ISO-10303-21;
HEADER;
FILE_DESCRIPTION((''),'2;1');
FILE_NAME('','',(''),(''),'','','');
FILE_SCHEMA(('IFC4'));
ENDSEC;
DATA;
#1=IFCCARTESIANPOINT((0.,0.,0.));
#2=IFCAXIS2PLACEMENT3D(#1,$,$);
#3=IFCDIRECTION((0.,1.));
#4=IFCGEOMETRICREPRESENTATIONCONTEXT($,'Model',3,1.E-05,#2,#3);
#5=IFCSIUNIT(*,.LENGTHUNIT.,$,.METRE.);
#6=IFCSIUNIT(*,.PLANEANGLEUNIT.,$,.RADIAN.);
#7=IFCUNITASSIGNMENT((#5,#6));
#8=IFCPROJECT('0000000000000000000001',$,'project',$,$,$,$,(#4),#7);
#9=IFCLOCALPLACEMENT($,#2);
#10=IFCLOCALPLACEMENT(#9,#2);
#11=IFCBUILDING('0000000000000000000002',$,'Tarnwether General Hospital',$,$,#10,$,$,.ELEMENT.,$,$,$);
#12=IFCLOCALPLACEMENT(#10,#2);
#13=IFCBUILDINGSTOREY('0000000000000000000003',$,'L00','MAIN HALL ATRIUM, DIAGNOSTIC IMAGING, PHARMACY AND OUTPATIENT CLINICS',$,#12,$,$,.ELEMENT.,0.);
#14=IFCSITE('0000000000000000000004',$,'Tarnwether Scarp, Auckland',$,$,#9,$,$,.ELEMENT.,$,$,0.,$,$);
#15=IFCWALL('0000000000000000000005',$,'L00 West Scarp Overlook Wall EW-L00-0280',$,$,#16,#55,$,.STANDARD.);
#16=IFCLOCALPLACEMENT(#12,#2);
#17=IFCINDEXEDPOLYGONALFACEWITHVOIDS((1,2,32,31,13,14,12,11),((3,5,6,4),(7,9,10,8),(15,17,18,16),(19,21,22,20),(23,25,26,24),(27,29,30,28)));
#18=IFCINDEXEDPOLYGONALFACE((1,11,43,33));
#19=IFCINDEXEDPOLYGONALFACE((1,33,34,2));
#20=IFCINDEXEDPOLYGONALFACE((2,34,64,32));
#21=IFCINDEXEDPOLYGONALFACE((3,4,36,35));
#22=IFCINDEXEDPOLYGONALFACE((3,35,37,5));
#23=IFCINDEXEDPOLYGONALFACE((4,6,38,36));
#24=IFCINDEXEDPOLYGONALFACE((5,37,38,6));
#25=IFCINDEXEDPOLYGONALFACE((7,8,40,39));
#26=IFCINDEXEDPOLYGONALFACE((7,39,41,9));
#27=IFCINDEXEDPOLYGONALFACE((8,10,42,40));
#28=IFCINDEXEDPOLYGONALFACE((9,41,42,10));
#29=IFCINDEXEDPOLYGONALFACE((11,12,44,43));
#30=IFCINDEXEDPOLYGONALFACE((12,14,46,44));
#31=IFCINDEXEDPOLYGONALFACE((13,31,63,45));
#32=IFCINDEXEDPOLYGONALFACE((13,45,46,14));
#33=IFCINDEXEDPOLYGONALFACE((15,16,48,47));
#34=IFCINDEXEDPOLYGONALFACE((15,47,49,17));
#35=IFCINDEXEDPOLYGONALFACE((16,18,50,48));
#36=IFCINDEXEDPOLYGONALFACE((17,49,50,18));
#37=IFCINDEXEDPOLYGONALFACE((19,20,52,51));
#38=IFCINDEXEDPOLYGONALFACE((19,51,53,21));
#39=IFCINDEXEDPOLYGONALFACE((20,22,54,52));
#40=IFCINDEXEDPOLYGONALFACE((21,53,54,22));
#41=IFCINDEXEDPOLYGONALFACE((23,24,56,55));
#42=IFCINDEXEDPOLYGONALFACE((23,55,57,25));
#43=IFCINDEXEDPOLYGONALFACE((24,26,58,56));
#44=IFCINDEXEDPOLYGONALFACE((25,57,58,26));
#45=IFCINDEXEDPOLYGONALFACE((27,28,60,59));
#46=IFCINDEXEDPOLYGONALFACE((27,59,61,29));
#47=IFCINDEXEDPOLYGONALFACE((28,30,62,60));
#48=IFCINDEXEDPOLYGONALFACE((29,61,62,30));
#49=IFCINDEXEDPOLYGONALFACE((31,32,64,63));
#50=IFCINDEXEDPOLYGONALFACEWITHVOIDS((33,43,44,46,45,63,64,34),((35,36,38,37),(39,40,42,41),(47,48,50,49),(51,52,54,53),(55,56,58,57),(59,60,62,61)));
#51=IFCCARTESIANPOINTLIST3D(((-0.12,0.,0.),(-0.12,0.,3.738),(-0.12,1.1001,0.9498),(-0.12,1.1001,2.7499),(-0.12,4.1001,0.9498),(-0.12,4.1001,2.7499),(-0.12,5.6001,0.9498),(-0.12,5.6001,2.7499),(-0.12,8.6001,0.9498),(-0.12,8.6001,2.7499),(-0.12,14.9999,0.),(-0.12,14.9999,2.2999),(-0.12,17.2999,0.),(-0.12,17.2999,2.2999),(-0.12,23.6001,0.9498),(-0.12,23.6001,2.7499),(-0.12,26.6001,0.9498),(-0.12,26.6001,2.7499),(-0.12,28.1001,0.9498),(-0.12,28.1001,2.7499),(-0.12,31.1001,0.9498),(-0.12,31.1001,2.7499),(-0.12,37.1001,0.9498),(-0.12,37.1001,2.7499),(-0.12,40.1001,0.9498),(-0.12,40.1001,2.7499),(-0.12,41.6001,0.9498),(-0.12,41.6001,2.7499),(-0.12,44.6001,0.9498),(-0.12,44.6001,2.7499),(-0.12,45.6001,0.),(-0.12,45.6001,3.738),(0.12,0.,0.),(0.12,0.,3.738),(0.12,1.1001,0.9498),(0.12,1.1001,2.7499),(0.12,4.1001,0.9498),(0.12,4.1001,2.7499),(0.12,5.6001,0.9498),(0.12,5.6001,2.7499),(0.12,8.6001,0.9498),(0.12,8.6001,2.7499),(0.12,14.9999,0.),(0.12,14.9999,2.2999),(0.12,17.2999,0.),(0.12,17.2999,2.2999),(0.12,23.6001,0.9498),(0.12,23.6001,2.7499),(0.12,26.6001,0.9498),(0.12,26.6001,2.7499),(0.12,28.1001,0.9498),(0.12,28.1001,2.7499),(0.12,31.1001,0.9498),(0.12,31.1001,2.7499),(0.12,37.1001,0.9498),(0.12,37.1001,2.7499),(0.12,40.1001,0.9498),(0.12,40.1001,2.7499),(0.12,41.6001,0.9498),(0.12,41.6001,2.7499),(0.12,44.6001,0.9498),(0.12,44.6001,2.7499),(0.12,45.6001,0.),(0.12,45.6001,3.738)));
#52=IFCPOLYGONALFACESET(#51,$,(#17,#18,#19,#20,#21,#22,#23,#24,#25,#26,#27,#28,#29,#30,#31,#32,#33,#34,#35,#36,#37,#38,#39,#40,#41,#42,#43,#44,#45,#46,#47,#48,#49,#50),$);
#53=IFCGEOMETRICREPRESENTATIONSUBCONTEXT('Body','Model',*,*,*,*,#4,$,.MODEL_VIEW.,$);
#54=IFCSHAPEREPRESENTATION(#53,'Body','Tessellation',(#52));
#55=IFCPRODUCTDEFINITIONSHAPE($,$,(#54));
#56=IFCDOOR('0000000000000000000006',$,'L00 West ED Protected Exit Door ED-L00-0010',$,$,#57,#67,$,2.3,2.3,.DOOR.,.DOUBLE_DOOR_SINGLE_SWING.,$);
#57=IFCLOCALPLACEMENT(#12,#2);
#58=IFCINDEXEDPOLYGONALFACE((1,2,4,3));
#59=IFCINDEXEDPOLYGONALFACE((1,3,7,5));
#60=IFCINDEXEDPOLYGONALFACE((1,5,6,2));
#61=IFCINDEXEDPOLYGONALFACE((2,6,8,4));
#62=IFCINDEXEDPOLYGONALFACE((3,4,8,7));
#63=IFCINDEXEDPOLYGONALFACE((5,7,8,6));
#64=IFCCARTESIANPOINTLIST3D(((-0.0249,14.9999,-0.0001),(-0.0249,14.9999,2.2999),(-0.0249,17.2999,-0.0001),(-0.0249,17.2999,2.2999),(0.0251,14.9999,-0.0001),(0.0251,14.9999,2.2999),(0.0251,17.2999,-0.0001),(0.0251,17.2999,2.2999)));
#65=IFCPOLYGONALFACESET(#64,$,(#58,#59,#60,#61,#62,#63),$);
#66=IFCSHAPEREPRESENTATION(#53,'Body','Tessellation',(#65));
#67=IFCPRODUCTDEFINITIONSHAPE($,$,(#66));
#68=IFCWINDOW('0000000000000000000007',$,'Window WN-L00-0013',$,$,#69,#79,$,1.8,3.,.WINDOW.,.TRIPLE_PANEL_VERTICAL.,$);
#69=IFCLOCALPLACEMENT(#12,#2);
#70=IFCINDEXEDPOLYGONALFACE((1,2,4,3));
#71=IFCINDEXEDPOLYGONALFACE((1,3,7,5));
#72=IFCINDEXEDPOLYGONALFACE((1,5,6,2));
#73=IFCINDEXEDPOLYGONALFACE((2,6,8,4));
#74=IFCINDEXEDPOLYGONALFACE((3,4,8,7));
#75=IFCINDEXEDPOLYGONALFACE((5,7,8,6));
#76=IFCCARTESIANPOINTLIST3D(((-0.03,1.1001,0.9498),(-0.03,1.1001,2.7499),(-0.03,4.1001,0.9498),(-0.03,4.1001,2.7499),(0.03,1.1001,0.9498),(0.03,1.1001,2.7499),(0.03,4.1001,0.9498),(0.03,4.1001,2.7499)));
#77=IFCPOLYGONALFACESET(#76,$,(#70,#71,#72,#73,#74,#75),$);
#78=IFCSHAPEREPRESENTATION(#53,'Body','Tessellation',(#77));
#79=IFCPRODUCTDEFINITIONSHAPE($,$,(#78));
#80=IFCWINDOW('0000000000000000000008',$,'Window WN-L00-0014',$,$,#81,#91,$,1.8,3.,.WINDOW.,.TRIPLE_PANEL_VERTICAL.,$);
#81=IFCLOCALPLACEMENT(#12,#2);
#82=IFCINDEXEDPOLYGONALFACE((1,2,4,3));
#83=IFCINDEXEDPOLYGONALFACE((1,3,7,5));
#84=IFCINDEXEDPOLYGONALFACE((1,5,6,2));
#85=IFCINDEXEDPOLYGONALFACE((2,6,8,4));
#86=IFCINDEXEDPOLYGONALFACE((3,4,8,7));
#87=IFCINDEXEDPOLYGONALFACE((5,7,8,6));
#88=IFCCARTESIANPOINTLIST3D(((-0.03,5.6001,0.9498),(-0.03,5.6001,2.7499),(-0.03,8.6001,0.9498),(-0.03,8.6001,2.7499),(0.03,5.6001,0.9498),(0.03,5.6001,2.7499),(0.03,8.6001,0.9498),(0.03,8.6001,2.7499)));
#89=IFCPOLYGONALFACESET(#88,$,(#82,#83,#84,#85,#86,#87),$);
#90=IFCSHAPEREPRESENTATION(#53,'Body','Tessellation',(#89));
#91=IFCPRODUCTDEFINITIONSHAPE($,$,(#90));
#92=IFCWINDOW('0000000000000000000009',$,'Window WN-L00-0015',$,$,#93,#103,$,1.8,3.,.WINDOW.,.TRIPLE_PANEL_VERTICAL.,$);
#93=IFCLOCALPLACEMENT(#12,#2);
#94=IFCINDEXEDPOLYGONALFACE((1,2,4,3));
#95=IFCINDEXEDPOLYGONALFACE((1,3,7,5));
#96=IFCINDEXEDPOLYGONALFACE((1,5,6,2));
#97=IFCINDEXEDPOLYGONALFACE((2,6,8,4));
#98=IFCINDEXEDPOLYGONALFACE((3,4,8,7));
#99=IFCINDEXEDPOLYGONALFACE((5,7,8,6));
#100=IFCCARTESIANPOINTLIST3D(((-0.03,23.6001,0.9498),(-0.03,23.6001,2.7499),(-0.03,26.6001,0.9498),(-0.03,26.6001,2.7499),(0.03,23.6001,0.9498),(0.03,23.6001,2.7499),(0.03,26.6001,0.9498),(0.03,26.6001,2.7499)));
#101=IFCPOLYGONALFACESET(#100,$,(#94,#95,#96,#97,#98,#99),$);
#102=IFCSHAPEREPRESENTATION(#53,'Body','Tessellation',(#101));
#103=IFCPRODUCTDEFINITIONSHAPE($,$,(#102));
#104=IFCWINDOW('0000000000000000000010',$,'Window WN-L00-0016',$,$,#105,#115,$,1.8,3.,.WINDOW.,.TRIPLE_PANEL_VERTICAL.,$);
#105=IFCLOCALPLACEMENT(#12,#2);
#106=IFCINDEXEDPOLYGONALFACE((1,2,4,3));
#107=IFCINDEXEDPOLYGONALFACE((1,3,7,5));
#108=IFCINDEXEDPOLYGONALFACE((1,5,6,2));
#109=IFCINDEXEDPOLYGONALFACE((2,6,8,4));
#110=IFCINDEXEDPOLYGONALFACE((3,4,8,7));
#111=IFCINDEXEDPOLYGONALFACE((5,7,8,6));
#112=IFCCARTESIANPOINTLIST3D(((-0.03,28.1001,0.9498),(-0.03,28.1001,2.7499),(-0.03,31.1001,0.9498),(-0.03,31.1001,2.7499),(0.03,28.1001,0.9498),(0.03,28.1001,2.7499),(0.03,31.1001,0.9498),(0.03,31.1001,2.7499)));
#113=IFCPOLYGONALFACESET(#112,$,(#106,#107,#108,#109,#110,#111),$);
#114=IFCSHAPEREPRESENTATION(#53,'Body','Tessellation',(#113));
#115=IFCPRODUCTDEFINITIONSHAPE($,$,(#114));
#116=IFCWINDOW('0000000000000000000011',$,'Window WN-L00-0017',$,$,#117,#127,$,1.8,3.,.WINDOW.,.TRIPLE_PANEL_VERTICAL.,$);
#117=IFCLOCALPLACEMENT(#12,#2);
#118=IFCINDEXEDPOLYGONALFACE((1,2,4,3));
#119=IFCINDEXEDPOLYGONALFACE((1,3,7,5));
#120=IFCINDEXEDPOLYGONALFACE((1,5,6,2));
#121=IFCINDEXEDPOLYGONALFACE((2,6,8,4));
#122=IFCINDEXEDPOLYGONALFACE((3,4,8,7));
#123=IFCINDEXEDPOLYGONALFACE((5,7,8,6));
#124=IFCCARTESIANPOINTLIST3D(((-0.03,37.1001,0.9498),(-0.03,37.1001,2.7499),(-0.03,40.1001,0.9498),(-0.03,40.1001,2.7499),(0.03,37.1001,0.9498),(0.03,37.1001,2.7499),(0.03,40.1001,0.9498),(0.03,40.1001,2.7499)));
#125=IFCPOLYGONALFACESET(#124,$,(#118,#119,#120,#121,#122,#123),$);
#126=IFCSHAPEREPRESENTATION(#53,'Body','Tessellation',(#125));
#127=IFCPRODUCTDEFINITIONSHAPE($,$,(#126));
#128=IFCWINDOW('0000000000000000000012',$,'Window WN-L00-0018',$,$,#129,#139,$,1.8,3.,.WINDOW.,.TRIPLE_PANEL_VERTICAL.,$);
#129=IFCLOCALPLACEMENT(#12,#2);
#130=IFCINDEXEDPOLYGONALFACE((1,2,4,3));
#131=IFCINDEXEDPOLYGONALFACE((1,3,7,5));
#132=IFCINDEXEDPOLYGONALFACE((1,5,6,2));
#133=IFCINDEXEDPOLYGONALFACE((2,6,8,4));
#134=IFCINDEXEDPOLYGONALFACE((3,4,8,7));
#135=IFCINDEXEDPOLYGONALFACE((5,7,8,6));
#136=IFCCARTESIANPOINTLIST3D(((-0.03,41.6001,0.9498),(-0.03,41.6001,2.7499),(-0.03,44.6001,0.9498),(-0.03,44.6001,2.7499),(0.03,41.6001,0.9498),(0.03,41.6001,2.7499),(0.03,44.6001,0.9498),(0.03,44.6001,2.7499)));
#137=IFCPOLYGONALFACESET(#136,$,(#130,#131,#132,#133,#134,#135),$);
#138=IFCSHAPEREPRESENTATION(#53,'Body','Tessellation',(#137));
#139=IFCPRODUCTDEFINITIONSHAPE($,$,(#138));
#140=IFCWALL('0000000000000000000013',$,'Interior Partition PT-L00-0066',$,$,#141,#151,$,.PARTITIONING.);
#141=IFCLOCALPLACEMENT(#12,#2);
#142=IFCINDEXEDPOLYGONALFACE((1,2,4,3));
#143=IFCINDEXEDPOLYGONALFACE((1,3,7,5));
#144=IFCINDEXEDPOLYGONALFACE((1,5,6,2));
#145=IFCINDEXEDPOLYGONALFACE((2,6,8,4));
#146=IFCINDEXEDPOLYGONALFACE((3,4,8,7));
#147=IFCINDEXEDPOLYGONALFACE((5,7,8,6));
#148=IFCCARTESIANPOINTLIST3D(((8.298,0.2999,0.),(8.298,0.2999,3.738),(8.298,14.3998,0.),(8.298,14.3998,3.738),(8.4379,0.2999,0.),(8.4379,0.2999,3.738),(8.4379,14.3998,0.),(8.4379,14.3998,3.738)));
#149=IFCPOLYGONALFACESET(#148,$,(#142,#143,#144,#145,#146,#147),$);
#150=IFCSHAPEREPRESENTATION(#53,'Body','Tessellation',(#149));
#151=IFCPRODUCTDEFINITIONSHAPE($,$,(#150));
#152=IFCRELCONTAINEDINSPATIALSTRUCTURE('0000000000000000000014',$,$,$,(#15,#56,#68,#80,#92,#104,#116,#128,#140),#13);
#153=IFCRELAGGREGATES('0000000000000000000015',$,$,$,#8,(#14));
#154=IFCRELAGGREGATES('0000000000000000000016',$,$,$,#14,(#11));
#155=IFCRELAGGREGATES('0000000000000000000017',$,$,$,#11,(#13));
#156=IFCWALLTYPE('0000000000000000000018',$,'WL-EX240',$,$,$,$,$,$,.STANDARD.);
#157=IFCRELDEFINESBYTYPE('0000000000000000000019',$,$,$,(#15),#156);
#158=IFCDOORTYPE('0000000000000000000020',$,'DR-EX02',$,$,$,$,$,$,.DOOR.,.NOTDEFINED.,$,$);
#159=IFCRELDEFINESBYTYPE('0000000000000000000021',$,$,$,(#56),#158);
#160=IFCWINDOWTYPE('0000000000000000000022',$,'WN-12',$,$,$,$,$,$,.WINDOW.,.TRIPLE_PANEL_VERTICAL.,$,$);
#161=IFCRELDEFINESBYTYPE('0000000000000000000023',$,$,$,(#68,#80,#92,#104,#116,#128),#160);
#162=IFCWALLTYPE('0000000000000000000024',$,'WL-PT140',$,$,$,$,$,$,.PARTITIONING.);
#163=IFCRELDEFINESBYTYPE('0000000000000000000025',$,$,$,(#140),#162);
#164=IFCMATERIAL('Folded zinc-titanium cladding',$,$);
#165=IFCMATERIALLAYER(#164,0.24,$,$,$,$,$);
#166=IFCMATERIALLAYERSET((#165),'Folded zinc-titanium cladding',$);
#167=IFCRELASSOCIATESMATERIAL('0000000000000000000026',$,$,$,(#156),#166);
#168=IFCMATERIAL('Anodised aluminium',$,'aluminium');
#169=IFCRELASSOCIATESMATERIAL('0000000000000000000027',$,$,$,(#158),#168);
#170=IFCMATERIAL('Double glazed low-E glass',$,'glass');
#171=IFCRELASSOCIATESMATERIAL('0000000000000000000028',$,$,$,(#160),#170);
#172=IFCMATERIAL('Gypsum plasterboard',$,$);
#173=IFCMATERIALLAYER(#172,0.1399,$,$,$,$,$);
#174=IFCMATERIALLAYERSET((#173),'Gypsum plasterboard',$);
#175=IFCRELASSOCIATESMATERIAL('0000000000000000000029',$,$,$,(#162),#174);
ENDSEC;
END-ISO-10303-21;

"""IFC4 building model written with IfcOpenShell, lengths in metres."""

from ifc_helpers import new_model, si_unit, direction, frame, frame_2d, origin, place, context, subcontext, project, spatial, rectangle, extrude, material, layer, layer_set, type_object, element, fill, save


model = new_model("IFC4")

# Units and contexts
model_context = context("Model", 3, precision=1e-05, world=origin(), true_north=direction((0.0, 1.0)))
body_context = subcontext(model_context, "Body", "Model", "MODEL_VIEW")
ifc_project = project(units=[si_unit("LENGTHUNIT", "METRE"), si_unit("PLANEANGLEUNIT", "RADIAN")], contexts=[model_context])

# Site, building, storey
site_placement = place(None, origin())
site = spatial("IfcSite", under=ifc_project, at=site_placement, Name="Tarnwether Scarp, Auckland", CompositionType="ELEMENT", RefElevation=0.0)
building_placement = place(site_placement, origin())
building = spatial("IfcBuilding", under=site, at=building_placement, Name="Tarnwether General Hospital", CompositionType="ELEMENT")
storey_placement = place(building_placement, origin())
storey = spatial("IfcBuildingStorey", under=building, at=storey_placement, Name="L00", Description="MAIN HALL ATRIUM, DIAGNOSTIC IMAGING, PHARMACY AND OUTPATIENT CLINICS", CompositionType="ELEMENT", Elevation=0.0)

# Wall, openings, door, windows
ifc_material_1 = material(Name="Folded zinc-titanium cladding")
ifc_layer_1 = layer(ifc_material_1, 0.24)
ifc_layer_set_1 = layer_set([ifc_layer_1], Name="Folded zinc-titanium cladding")
wall_type_1 = type_object("IfcWallType", Name="WL-EX240", PredefinedType="STANDARD", material=ifc_layer_set_1)
wall_1_placement = place(storey_placement, frame((0.0, 0.0, 0.0), z_axis=(0.0, 0.0, 1.0), x_axis=(0.0, 1.0, 0.0)))
wall_1 = element("IfcWall", 1, at=wall_1_placement, inside=storey, type_object=wall_type_1, Name="L00 West Scarp Overlook Wall EW-L00-0280", PredefinedType="STANDARD", context=body_context, shape_type="SweptSolid", body=[
    extrude(rectangle(XDim=45.6001, YDim=0.24, at=frame_2d((22.8, 0.0))), origin(), (0.0, 0.0, 1.0), 3.738),
])
opening_1_placement = place(wall_1_placement, frame((15.0, 0.0, 0.0)))
opening_1 = element("IfcOpeningElement", 2, at=opening_1_placement, cuts=wall_1, PredefinedType="OPENING", context=body_context, shape_type="SweptSolid", body=[
    extrude(rectangle(XDim=2.3, YDim=2.3, at=frame_2d((1.1499, 1.1499))), frame((0.0, 0.1299, 0.0), z_axis=(0.0, -1.0, 0.0), x_axis=(1.0, 0.0, 0.0)), (0.0, 0.0, 1.0), 0.26),
])
opening_2_placement = place(wall_1_placement, frame((1.1001, 0.0, 0.95)))
opening_2 = element("IfcOpeningElement", 3, at=opening_2_placement, cuts=wall_1, PredefinedType="OPENING", context=body_context, shape_type="SweptSolid", body=[
    extrude(rectangle(XDim=3.0, YDim=1.8, at=frame_2d((1.5, 0.8999))), frame((0.0, 0.1299, 0.0), z_axis=(0.0, -1.0, 0.0), x_axis=(1.0, 0.0, 0.0)), (0.0, 0.0, 1.0), 0.26),
])
opening_3_placement = place(wall_1_placement, frame((5.6001, 0.0, 0.95)))
opening_3 = element("IfcOpeningElement", 4, at=opening_3_placement, cuts=wall_1, PredefinedType="OPENING", context=body_context, shape_type="SweptSolid", body=[
    extrude(rectangle(XDim=3.0, YDim=1.8, at=frame_2d((1.5, 0.8999))), frame((0.0, 0.1299, 0.0), z_axis=(0.0, -1.0, 0.0), x_axis=(1.0, 0.0, 0.0)), (0.0, 0.0, 1.0), 0.26),
])
opening_4_placement = place(wall_1_placement, frame((23.6001, 0.0, 0.95)))
opening_4 = element("IfcOpeningElement", 5, at=opening_4_placement, cuts=wall_1, PredefinedType="OPENING", context=body_context, shape_type="SweptSolid", body=[
    extrude(rectangle(XDim=3.0, YDim=1.8, at=frame_2d((1.5, 0.8999))), frame((0.0, 0.1299, 0.0), z_axis=(0.0, -1.0, 0.0), x_axis=(1.0, 0.0, 0.0)), (0.0, 0.0, 1.0), 0.26),
])
opening_5_placement = place(wall_1_placement, frame((28.1001, 0.0, 0.95)))
opening_5 = element("IfcOpeningElement", 6, at=opening_5_placement, cuts=wall_1, PredefinedType="OPENING", context=body_context, shape_type="SweptSolid", body=[
    extrude(rectangle(XDim=3.0, YDim=1.8, at=frame_2d((1.5, 0.8999))), frame((0.0, 0.1299, 0.0), z_axis=(0.0, -1.0, 0.0), x_axis=(1.0, 0.0, 0.0)), (0.0, 0.0, 1.0), 0.26),
])
opening_6_placement = place(wall_1_placement, frame((37.1001, 0.0, 0.95)))
opening_6 = element("IfcOpeningElement", 7, at=opening_6_placement, cuts=wall_1, PredefinedType="OPENING", context=body_context, shape_type="SweptSolid", body=[
    extrude(rectangle(XDim=3.0, YDim=1.8, at=frame_2d((1.5, 0.8999))), frame((0.0, 0.1299, 0.0), z_axis=(0.0, -1.0, 0.0), x_axis=(1.0, 0.0, 0.0)), (0.0, 0.0, 1.0), 0.26),
])
opening_7_placement = place(wall_1_placement, frame((41.6001, 0.0, 0.95)))
opening_7 = element("IfcOpeningElement", 8, at=opening_7_placement, cuts=wall_1, PredefinedType="OPENING", context=body_context, shape_type="SweptSolid", body=[
    extrude(rectangle(XDim=3.0, YDim=1.8, at=frame_2d((1.5, 0.8999))), frame((0.0, 0.1299, 0.0), z_axis=(0.0, -1.0, 0.0), x_axis=(1.0, 0.0, 0.0)), (0.0, 0.0, 1.0), 0.26),
])
ifc_material_2 = material(Name="Anodised aluminium", Category="aluminium")
door_type = type_object("IfcDoorType", Name="DR-EX02", OperationType="NOTDEFINED", PredefinedType="DOOR", material=ifc_material_2)
door_placement = place(opening_1_placement, origin())
door = element("IfcDoor", 9, at=door_placement, inside=storey, type_object=door_type, Name="L00 West ED Protected Exit Door ED-L00-0010", OperationType="DOUBLE_DOOR_SINGLE_SWING", OverallHeight=2.3, OverallWidth=2.3, PredefinedType="DOOR", context=body_context, shape_type="SweptSolid", body=[
    extrude(rectangle(XDim=2.3, YDim=2.3, at=frame_2d((1.1499, 1.1499))), frame((0.0, 0.0249, 0.0), z_axis=(0.0, -1.0, 0.0), x_axis=(1.0, 0.0, 0.0)), (0.0, 0.0, 1.0), 0.05),
])
fill(opening_1, door)
ifc_material_3 = material(Name="Double glazed low-E glass", Category="glass")
window_type = type_object("IfcWindowType", Name="WN-12", PartitioningType="TRIPLE_PANEL_VERTICAL", PredefinedType="WINDOW", material=ifc_material_3)
window_1_placement = place(opening_2_placement, origin())
window_1 = element("IfcWindow", 10, at=window_1_placement, inside=storey, type_object=window_type, Name="Window WN-L00-0013", OverallHeight=1.8, OverallWidth=3.0, PartitioningType="TRIPLE_PANEL_VERTICAL", PredefinedType="WINDOW", context=body_context, shape_type="SweptSolid", body=[
    extrude(rectangle(XDim=3.0, YDim=1.8, at=frame_2d((1.5, 0.8999))), frame((0.0, 0.03, 0.0), z_axis=(0.0, -1.0, 0.0), x_axis=(1.0, 0.0, 0.0)), (0.0, 0.0, 1.0), 0.0601),
])
fill(opening_2, window_1)
window_2_placement = place(opening_3_placement, origin())
window_2 = element("IfcWindow", 11, at=window_2_placement, inside=storey, type_object=window_type, Name="Window WN-L00-0014", OverallHeight=1.8, OverallWidth=3.0, PartitioningType="TRIPLE_PANEL_VERTICAL", PredefinedType="WINDOW", context=body_context, shape_type="SweptSolid", body=[
    extrude(rectangle(XDim=3.0, YDim=1.8, at=frame_2d((1.5, 0.8999))), frame((0.0, 0.03, 0.0), z_axis=(0.0, -1.0, 0.0), x_axis=(1.0, 0.0, 0.0)), (0.0, 0.0, 1.0), 0.0601),
])
fill(opening_3, window_2)
window_3_placement = place(opening_4_placement, origin())
window_3 = element("IfcWindow", 12, at=window_3_placement, inside=storey, type_object=window_type, Name="Window WN-L00-0015", OverallHeight=1.8, OverallWidth=3.0, PartitioningType="TRIPLE_PANEL_VERTICAL", PredefinedType="WINDOW", context=body_context, shape_type="SweptSolid", body=[
    extrude(rectangle(XDim=3.0, YDim=1.8, at=frame_2d((1.5, 0.8999))), frame((0.0, 0.03, 0.0), z_axis=(0.0, -1.0, 0.0), x_axis=(1.0, 0.0, 0.0)), (0.0, 0.0, 1.0), 0.0601),
])
fill(opening_4, window_3)
window_4_placement = place(opening_5_placement, origin())
window_4 = element("IfcWindow", 13, at=window_4_placement, inside=storey, type_object=window_type, Name="Window WN-L00-0016", OverallHeight=1.8, OverallWidth=3.0, PartitioningType="TRIPLE_PANEL_VERTICAL", PredefinedType="WINDOW", context=body_context, shape_type="SweptSolid", body=[
    extrude(rectangle(XDim=3.0, YDim=1.8, at=frame_2d((1.5, 0.8999))), frame((0.0, 0.03, 0.0), z_axis=(0.0, -1.0, 0.0), x_axis=(1.0, 0.0, 0.0)), (0.0, 0.0, 1.0), 0.0601),
])
fill(opening_5, window_4)
window_5_placement = place(opening_6_placement, origin())
window_5 = element("IfcWindow", 14, at=window_5_placement, inside=storey, type_object=window_type, Name="Window WN-L00-0017", OverallHeight=1.8, OverallWidth=3.0, PartitioningType="TRIPLE_PANEL_VERTICAL", PredefinedType="WINDOW", context=body_context, shape_type="SweptSolid", body=[
    extrude(rectangle(XDim=3.0, YDim=1.8, at=frame_2d((1.5, 0.8999))), frame((0.0, 0.03, 0.0), z_axis=(0.0, -1.0, 0.0), x_axis=(1.0, 0.0, 0.0)), (0.0, 0.0, 1.0), 0.0601),
])
fill(opening_6, window_5)
window_6_placement = place(opening_7_placement, origin())
window_6 = element("IfcWindow", 15, at=window_6_placement, inside=storey, type_object=window_type, Name="Window WN-L00-0018", OverallHeight=1.8, OverallWidth=3.0, PartitioningType="TRIPLE_PANEL_VERTICAL", PredefinedType="WINDOW", context=body_context, shape_type="SweptSolid", body=[
    extrude(rectangle(XDim=3.0, YDim=1.8, at=frame_2d((1.5, 0.8999))), frame((0.0, 0.03, 0.0), z_axis=(0.0, -1.0, 0.0), x_axis=(1.0, 0.0, 0.0)), (0.0, 0.0, 1.0), 0.0601),
])
fill(opening_7, window_6)

# Wall
ifc_material_4 = material(Name="Gypsum plasterboard")
ifc_layer_2 = layer(ifc_material_4, 0.1399)
ifc_layer_set_2 = layer_set([ifc_layer_2], Name="Gypsum plasterboard")
wall_type_2 = type_object("IfcWallType", Name="WL-PT140", PredefinedType="PARTITIONING", material=ifc_layer_set_2)
wall_2_placement = place(storey_placement, frame((8.3679, 0.3, 0.0), z_axis=(0.0, 0.0, 1.0), x_axis=(0.0, 1.0, 0.0)))
element("IfcWall", 16, at=wall_2_placement, inside=storey, type_object=wall_type_2, Name="Interior Partition PT-L00-0066", PredefinedType="PARTITIONING", context=body_context, shape_type="SweptSolid", body=[
    extrude(rectangle(XDim=14.0999, YDim=0.1399, at=frame_2d((7.0498, 0.0))), origin(), (0.0, 0.0, 1.0), 3.738),
])

save(model, "model.ifc")
